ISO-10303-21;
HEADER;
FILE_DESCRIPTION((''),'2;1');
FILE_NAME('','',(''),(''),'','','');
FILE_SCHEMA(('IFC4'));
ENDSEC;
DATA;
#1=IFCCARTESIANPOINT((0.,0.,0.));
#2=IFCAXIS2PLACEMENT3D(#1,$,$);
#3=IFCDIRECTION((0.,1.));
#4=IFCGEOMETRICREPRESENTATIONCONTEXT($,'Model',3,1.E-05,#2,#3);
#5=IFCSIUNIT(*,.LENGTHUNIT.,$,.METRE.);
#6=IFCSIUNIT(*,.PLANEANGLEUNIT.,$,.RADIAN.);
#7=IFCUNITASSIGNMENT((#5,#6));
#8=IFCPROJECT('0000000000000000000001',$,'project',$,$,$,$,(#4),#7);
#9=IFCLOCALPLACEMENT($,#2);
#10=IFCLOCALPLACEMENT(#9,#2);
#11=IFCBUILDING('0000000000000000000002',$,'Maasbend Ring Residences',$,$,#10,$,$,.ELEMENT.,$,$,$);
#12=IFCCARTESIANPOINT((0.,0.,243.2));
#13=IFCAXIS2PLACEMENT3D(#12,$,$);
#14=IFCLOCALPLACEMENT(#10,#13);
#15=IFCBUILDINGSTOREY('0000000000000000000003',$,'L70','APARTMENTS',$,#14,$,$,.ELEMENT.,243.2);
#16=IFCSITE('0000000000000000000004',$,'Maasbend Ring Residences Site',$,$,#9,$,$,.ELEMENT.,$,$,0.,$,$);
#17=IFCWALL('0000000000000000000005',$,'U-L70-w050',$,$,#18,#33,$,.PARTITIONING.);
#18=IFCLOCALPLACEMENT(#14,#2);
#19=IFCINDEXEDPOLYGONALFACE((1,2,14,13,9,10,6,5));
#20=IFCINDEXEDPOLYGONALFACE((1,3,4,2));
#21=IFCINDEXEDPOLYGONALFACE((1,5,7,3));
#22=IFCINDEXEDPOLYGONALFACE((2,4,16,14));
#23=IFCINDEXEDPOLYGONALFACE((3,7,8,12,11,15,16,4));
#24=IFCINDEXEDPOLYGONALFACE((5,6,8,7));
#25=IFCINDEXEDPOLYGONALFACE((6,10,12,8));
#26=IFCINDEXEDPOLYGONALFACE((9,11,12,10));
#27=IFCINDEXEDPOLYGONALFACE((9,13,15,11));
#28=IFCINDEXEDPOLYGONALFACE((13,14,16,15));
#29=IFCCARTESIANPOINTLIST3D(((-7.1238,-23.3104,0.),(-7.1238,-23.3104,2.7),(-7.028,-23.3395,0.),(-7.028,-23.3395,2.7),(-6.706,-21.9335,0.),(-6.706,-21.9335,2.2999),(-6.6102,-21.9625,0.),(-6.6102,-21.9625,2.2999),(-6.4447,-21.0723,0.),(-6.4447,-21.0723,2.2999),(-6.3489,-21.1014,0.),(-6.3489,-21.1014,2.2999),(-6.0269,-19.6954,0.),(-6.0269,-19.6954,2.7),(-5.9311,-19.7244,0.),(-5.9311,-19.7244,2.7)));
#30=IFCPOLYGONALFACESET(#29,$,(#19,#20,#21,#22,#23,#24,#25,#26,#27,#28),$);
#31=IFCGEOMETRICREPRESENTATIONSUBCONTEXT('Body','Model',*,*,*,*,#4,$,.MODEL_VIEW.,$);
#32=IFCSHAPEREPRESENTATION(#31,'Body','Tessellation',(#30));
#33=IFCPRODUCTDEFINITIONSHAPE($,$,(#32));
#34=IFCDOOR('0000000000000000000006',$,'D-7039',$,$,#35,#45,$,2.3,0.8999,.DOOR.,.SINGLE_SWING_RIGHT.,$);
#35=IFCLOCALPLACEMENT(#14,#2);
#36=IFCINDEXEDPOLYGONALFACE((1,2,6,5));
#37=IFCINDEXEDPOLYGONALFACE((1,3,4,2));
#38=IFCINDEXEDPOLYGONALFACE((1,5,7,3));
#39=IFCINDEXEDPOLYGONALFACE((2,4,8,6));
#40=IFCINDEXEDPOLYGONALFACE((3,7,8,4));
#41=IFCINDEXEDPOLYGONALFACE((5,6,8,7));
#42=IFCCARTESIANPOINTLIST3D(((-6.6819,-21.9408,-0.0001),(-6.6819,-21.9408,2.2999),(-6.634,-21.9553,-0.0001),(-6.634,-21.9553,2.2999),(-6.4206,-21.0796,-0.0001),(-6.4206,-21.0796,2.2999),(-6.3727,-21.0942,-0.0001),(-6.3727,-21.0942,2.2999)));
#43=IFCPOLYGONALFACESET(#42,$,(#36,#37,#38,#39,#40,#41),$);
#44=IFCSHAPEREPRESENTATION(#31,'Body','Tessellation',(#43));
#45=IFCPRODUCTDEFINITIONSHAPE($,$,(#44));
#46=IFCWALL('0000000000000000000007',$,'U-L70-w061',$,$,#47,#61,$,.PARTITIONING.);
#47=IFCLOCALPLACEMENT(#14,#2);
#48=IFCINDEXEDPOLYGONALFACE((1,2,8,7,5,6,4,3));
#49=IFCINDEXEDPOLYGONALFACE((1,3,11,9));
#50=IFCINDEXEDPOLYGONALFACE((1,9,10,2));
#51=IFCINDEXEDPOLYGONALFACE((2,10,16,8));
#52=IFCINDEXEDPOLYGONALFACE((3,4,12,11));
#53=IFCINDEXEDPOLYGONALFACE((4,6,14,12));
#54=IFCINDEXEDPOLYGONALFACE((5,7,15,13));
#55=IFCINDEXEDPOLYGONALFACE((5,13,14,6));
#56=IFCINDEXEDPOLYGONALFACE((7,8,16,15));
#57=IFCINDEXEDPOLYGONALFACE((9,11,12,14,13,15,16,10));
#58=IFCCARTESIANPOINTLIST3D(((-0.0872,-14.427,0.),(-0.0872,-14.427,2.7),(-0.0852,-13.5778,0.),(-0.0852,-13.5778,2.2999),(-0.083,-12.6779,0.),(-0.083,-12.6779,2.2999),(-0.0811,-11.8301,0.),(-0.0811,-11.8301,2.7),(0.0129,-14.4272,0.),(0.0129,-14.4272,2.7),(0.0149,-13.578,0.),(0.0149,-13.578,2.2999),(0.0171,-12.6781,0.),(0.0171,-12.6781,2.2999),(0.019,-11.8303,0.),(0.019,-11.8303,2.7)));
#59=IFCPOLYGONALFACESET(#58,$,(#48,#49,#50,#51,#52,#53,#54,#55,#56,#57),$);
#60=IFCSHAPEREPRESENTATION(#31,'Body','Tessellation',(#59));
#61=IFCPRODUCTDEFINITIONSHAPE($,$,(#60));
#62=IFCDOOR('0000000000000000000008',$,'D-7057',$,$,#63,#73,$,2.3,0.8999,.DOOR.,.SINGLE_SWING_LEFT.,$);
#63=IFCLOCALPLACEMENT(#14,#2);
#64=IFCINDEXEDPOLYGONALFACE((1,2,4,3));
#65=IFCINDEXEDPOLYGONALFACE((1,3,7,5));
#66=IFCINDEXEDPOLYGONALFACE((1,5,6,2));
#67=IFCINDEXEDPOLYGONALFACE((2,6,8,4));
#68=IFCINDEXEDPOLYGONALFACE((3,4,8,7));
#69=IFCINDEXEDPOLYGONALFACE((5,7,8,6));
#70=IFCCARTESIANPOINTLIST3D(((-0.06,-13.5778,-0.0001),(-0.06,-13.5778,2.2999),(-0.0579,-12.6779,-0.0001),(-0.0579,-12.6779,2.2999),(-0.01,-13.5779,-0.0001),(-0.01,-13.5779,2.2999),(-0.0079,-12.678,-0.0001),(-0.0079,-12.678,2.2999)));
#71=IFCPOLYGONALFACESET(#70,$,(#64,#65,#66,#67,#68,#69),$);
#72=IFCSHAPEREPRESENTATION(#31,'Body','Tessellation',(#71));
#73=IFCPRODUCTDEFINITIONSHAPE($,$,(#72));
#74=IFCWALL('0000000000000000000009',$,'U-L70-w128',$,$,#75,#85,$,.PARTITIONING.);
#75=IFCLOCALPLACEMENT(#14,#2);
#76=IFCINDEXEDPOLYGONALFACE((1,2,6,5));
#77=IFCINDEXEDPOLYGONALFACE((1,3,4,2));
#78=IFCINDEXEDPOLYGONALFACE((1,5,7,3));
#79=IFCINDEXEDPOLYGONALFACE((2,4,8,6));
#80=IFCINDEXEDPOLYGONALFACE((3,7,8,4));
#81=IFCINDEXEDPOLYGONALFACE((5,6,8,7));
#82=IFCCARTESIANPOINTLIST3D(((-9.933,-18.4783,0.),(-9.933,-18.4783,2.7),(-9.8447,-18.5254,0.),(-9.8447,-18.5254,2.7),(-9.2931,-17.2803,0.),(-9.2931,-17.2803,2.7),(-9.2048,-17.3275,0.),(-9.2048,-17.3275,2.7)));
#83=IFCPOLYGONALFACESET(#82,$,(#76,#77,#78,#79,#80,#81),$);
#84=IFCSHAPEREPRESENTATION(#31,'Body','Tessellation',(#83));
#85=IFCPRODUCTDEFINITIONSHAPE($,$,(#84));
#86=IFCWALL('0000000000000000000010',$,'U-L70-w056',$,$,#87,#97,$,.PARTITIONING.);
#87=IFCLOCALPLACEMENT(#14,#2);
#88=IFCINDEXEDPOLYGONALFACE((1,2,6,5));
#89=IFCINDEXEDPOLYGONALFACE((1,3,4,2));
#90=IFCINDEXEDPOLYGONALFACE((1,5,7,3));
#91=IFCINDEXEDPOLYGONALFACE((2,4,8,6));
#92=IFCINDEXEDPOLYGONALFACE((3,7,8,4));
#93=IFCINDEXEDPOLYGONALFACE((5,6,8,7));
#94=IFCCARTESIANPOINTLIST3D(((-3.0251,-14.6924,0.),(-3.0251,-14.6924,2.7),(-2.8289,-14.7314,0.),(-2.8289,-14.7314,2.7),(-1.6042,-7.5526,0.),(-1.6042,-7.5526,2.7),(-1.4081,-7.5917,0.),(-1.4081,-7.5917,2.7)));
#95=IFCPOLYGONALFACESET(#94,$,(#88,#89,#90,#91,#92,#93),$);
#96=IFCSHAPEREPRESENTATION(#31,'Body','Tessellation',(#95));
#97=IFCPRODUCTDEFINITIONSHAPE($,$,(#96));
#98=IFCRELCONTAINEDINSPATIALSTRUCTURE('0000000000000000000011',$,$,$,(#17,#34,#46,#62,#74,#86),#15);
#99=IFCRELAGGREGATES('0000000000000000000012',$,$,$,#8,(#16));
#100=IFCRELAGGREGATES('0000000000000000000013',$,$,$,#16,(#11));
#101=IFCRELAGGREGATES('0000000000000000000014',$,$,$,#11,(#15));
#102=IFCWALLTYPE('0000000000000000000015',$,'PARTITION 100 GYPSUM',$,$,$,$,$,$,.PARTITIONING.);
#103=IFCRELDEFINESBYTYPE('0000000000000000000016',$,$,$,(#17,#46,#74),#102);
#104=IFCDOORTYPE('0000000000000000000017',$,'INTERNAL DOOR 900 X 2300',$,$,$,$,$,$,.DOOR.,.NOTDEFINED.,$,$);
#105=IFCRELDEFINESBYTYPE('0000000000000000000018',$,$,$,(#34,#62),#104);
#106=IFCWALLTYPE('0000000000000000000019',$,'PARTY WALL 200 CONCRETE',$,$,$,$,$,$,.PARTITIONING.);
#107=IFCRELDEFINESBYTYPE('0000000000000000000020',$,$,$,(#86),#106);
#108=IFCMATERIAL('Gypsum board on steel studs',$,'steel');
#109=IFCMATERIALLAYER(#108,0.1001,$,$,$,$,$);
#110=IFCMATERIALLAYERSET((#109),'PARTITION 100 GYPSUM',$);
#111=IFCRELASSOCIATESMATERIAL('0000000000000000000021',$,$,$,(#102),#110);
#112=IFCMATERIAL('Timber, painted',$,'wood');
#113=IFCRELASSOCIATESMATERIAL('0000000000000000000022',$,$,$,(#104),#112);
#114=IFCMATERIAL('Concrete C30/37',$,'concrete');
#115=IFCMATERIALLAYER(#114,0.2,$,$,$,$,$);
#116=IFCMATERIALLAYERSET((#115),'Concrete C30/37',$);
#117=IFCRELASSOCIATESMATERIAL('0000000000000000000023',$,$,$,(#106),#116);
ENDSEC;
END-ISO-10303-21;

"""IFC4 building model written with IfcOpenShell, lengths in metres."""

from ifc_helpers import new_model, si_unit, direction, frame, frame_2d, origin, place, context, subcontext, project, spatial, rectangle, extrude, material, layer, layer_set, type_object, element, fill, save


model = new_model("IFC4")

# Units and contexts
model_context = context("Model", 3, precision=1e-05, world=origin(), true_north=direction((0.0, 1.0)))
body_context = subcontext(model_context, "Body", "Model", "MODEL_VIEW")
ifc_project = project(units=[si_unit("LENGTHUNIT", "METRE"), si_unit("PLANEANGLEUNIT", "RADIAN")], contexts=[model_context])

# Site, building, storey
site_placement = place(None, origin())
site = spatial("IfcSite", under=ifc_project, at=site_placement, Name="Maasbend Ring Residences Site", CompositionType="ELEMENT", RefElevation=0.0)
building_placement = place(site_placement, origin())
building = spatial("IfcBuilding", under=site, at=building_placement, Name="Maasbend Ring Residences", CompositionType="ELEMENT")
storey_placement = place(building_placement, frame((0.0, 0.0, 243.2)))
storey = spatial("IfcBuildingStorey", under=building, at=storey_placement, Name="L70", Description="APARTMENTS", CompositionType="ELEMENT", Elevation=243.2)

# Shared definitions
ifc_material_1 = material(Name="Gypsum board on steel studs", Category="steel")
ifc_layer_1 = layer(ifc_material_1, 0.1001)
ifc_layer_set_1 = layer_set([ifc_layer_1], Name="PARTITION 100 GYPSUM")
wall_type_1 = type_object("IfcWallType", Name="PARTITION 100 GYPSUM", PredefinedType="PARTITIONING", material=ifc_layer_set_1)

# Shared definitions
ifc_material_2 = material(Name="Timber, painted", Category="wood")
door_type_1 = type_object("IfcDoorType", Name="INTERNAL DOOR 900 X 2300", OperationType="NOTDEFINED", PredefinedType="DOOR", material=ifc_material_2)

# Walls, openings, doors
wall_1_placement = place(storey_placement, frame((-7.0759, -23.325, 0.0), z_axis=(0.0, 0.0, 1.0), x_axis=(0.290364, 0.956916, 0.0)))
wall_1 = element("IfcWall", 1, at=wall_1_placement, inside=storey, type_object=wall_type_1, Name="U-L70-w050", PredefinedType="PARTITIONING", context=body_context, shape_type="SweptSolid", body=[
    extrude(rectangle(XDim=3.7778, YDim=0.1001, at=frame_2d((1.8889, 0.0))), origin(), (0.0, 0.0, 1.0), 2.7),
])
opening_1_placement = place(wall_1_placement, frame((1.439, 0.0, 0.0)))
opening_1 = element("IfcOpeningElement", 2, at=opening_1_placement, cuts=wall_1, PredefinedType="OPENING", context=body_context, shape_type="SweptSolid", body=[
    extrude(rectangle(XDim=0.8999, YDim=2.3, at=frame_2d((0.45, 1.1499))), frame((0.0, 0.0601, 0.0), z_axis=(0.0, -1.0, 0.0), x_axis=(1.0, 0.0, 0.0)), (0.0, 0.0, 1.0), 0.1201),
])
door_1_placement = place(opening_1_placement, origin())
door_1 = element("IfcDoor", 3, at=door_1_placement, inside=storey, type_object=door_type_1, Name="D-7039", OperationType="SINGLE_SWING_RIGHT", OverallHeight=2.3, OverallWidth=0.8999, PredefinedType="DOOR", context=body_context, shape_type="SweptSolid", body=[
    extrude(rectangle(XDim=0.8999, YDim=2.3, at=frame_2d((0.45, 1.1499))), frame((0.0, 0.0249, 0.0), z_axis=(0.0, -1.0, 0.0), x_axis=(1.0, 0.0, 0.0)), (0.0, 0.0, 1.0), 0.05),
])
fill(opening_1, door_1)
wall_2_placement = place(storey_placement, frame((-0.0371, -14.427, 0.0), z_axis=(0.0, 0.0, 1.0), x_axis=(0.00235, 0.999997, 0.0)))
wall_2 = element("IfcWall", 4, at=wall_2_placement, inside=storey, type_object=wall_type_1, Name="U-L70-w061", PredefinedType="PARTITIONING", context=body_context, shape_type="SweptSolid", body=[
    extrude(rectangle(XDim=2.5969, YDim=0.1001, at=frame_2d((1.2983, 0.0))), origin(), (0.0, 0.0, 1.0), 2.7),
])
opening_2_placement = place(wall_2_placement, frame((0.8491, 0.0, 0.0)))
opening_2 = element("IfcOpeningElement", 5, at=opening_2_placement, cuts=wall_2, PredefinedType="OPENING", context=body_context, shape_type="SweptSolid", body=[
    extrude(rectangle(XDim=0.8999, YDim=2.3, at=frame_2d((0.45, 1.1499))), frame((0.0, 0.0601, 0.0), z_axis=(0.0, -1.0, 0.0), x_axis=(1.0, 0.0, 0.0)), (0.0, 0.0, 1.0), 0.1201),
])
door_2_placement = place(opening_2_placement, origin())
door_2 = element("IfcDoor", 6, at=door_2_placement, inside=storey, type_object=door_type_1, Name="D-7057", OperationType="SINGLE_SWING_LEFT", OverallHeight=2.3, OverallWidth=0.8999, PredefinedType="DOOR", context=body_context, shape_type="SweptSolid", body=[
    extrude(rectangle(XDim=0.8999, YDim=2.3, at=frame_2d((0.45, 1.1499))), frame((0.0, 0.0249, 0.0), z_axis=(0.0, -1.0, 0.0), x_axis=(1.0, 0.0, 0.0)), (0.0, 0.0, 1.0), 0.05),
])
fill(opening_2, door_2)

# Walls
wall_3_placement = place(storey_placement, frame((-9.8889, -18.502, 0.0), z_axis=(0.0, 0.0, 1.0), x_axis=(0.471139, 0.882059, 0.0)))
element("IfcWall", 7, at=wall_3_placement, inside=storey, type_object=wall_type_1, Name="U-L70-w128", PredefinedType="PARTITIONING", context=body_context, shape_type="SweptSolid", body=[
    extrude(rectangle(XDim=1.3582, YDim=0.1001, at=frame_2d((0.6792, 0.0))), origin(), (0.0, 0.0, 1.0), 2.7),
])
ifc_material_3 = material(Name="Concrete C30/37", Category="concrete")
ifc_layer_2 = layer(ifc_material_3, 0.2)
ifc_layer_set_2 = layer_set([ifc_layer_2], Name="Concrete C30/37")
wall_type_2 = type_object("IfcWallType", Name="PARTY WALL 200 CONCRETE", PredefinedType="PARTITIONING", material=ifc_layer_set_2)
wall_4_placement = place(storey_placement, frame((-2.927, -14.7119, 0.0), z_axis=(0.0, 0.0, 1.0), x_axis=(0.195181, 0.980767, 0.0)))
element("IfcWall", 8, at=wall_4_placement, inside=storey, type_object=wall_type_2, Name="U-L70-w056", PredefinedType="PARTITIONING", context=body_context, shape_type="SweptSolid", body=[
    extrude(rectangle(XDim=7.2798, YDim=0.2, at=frame_2d((3.6399, 0.0))), origin(), (0.0, 0.0, 1.0), 2.7),
])

save(model, "model.ifc")
